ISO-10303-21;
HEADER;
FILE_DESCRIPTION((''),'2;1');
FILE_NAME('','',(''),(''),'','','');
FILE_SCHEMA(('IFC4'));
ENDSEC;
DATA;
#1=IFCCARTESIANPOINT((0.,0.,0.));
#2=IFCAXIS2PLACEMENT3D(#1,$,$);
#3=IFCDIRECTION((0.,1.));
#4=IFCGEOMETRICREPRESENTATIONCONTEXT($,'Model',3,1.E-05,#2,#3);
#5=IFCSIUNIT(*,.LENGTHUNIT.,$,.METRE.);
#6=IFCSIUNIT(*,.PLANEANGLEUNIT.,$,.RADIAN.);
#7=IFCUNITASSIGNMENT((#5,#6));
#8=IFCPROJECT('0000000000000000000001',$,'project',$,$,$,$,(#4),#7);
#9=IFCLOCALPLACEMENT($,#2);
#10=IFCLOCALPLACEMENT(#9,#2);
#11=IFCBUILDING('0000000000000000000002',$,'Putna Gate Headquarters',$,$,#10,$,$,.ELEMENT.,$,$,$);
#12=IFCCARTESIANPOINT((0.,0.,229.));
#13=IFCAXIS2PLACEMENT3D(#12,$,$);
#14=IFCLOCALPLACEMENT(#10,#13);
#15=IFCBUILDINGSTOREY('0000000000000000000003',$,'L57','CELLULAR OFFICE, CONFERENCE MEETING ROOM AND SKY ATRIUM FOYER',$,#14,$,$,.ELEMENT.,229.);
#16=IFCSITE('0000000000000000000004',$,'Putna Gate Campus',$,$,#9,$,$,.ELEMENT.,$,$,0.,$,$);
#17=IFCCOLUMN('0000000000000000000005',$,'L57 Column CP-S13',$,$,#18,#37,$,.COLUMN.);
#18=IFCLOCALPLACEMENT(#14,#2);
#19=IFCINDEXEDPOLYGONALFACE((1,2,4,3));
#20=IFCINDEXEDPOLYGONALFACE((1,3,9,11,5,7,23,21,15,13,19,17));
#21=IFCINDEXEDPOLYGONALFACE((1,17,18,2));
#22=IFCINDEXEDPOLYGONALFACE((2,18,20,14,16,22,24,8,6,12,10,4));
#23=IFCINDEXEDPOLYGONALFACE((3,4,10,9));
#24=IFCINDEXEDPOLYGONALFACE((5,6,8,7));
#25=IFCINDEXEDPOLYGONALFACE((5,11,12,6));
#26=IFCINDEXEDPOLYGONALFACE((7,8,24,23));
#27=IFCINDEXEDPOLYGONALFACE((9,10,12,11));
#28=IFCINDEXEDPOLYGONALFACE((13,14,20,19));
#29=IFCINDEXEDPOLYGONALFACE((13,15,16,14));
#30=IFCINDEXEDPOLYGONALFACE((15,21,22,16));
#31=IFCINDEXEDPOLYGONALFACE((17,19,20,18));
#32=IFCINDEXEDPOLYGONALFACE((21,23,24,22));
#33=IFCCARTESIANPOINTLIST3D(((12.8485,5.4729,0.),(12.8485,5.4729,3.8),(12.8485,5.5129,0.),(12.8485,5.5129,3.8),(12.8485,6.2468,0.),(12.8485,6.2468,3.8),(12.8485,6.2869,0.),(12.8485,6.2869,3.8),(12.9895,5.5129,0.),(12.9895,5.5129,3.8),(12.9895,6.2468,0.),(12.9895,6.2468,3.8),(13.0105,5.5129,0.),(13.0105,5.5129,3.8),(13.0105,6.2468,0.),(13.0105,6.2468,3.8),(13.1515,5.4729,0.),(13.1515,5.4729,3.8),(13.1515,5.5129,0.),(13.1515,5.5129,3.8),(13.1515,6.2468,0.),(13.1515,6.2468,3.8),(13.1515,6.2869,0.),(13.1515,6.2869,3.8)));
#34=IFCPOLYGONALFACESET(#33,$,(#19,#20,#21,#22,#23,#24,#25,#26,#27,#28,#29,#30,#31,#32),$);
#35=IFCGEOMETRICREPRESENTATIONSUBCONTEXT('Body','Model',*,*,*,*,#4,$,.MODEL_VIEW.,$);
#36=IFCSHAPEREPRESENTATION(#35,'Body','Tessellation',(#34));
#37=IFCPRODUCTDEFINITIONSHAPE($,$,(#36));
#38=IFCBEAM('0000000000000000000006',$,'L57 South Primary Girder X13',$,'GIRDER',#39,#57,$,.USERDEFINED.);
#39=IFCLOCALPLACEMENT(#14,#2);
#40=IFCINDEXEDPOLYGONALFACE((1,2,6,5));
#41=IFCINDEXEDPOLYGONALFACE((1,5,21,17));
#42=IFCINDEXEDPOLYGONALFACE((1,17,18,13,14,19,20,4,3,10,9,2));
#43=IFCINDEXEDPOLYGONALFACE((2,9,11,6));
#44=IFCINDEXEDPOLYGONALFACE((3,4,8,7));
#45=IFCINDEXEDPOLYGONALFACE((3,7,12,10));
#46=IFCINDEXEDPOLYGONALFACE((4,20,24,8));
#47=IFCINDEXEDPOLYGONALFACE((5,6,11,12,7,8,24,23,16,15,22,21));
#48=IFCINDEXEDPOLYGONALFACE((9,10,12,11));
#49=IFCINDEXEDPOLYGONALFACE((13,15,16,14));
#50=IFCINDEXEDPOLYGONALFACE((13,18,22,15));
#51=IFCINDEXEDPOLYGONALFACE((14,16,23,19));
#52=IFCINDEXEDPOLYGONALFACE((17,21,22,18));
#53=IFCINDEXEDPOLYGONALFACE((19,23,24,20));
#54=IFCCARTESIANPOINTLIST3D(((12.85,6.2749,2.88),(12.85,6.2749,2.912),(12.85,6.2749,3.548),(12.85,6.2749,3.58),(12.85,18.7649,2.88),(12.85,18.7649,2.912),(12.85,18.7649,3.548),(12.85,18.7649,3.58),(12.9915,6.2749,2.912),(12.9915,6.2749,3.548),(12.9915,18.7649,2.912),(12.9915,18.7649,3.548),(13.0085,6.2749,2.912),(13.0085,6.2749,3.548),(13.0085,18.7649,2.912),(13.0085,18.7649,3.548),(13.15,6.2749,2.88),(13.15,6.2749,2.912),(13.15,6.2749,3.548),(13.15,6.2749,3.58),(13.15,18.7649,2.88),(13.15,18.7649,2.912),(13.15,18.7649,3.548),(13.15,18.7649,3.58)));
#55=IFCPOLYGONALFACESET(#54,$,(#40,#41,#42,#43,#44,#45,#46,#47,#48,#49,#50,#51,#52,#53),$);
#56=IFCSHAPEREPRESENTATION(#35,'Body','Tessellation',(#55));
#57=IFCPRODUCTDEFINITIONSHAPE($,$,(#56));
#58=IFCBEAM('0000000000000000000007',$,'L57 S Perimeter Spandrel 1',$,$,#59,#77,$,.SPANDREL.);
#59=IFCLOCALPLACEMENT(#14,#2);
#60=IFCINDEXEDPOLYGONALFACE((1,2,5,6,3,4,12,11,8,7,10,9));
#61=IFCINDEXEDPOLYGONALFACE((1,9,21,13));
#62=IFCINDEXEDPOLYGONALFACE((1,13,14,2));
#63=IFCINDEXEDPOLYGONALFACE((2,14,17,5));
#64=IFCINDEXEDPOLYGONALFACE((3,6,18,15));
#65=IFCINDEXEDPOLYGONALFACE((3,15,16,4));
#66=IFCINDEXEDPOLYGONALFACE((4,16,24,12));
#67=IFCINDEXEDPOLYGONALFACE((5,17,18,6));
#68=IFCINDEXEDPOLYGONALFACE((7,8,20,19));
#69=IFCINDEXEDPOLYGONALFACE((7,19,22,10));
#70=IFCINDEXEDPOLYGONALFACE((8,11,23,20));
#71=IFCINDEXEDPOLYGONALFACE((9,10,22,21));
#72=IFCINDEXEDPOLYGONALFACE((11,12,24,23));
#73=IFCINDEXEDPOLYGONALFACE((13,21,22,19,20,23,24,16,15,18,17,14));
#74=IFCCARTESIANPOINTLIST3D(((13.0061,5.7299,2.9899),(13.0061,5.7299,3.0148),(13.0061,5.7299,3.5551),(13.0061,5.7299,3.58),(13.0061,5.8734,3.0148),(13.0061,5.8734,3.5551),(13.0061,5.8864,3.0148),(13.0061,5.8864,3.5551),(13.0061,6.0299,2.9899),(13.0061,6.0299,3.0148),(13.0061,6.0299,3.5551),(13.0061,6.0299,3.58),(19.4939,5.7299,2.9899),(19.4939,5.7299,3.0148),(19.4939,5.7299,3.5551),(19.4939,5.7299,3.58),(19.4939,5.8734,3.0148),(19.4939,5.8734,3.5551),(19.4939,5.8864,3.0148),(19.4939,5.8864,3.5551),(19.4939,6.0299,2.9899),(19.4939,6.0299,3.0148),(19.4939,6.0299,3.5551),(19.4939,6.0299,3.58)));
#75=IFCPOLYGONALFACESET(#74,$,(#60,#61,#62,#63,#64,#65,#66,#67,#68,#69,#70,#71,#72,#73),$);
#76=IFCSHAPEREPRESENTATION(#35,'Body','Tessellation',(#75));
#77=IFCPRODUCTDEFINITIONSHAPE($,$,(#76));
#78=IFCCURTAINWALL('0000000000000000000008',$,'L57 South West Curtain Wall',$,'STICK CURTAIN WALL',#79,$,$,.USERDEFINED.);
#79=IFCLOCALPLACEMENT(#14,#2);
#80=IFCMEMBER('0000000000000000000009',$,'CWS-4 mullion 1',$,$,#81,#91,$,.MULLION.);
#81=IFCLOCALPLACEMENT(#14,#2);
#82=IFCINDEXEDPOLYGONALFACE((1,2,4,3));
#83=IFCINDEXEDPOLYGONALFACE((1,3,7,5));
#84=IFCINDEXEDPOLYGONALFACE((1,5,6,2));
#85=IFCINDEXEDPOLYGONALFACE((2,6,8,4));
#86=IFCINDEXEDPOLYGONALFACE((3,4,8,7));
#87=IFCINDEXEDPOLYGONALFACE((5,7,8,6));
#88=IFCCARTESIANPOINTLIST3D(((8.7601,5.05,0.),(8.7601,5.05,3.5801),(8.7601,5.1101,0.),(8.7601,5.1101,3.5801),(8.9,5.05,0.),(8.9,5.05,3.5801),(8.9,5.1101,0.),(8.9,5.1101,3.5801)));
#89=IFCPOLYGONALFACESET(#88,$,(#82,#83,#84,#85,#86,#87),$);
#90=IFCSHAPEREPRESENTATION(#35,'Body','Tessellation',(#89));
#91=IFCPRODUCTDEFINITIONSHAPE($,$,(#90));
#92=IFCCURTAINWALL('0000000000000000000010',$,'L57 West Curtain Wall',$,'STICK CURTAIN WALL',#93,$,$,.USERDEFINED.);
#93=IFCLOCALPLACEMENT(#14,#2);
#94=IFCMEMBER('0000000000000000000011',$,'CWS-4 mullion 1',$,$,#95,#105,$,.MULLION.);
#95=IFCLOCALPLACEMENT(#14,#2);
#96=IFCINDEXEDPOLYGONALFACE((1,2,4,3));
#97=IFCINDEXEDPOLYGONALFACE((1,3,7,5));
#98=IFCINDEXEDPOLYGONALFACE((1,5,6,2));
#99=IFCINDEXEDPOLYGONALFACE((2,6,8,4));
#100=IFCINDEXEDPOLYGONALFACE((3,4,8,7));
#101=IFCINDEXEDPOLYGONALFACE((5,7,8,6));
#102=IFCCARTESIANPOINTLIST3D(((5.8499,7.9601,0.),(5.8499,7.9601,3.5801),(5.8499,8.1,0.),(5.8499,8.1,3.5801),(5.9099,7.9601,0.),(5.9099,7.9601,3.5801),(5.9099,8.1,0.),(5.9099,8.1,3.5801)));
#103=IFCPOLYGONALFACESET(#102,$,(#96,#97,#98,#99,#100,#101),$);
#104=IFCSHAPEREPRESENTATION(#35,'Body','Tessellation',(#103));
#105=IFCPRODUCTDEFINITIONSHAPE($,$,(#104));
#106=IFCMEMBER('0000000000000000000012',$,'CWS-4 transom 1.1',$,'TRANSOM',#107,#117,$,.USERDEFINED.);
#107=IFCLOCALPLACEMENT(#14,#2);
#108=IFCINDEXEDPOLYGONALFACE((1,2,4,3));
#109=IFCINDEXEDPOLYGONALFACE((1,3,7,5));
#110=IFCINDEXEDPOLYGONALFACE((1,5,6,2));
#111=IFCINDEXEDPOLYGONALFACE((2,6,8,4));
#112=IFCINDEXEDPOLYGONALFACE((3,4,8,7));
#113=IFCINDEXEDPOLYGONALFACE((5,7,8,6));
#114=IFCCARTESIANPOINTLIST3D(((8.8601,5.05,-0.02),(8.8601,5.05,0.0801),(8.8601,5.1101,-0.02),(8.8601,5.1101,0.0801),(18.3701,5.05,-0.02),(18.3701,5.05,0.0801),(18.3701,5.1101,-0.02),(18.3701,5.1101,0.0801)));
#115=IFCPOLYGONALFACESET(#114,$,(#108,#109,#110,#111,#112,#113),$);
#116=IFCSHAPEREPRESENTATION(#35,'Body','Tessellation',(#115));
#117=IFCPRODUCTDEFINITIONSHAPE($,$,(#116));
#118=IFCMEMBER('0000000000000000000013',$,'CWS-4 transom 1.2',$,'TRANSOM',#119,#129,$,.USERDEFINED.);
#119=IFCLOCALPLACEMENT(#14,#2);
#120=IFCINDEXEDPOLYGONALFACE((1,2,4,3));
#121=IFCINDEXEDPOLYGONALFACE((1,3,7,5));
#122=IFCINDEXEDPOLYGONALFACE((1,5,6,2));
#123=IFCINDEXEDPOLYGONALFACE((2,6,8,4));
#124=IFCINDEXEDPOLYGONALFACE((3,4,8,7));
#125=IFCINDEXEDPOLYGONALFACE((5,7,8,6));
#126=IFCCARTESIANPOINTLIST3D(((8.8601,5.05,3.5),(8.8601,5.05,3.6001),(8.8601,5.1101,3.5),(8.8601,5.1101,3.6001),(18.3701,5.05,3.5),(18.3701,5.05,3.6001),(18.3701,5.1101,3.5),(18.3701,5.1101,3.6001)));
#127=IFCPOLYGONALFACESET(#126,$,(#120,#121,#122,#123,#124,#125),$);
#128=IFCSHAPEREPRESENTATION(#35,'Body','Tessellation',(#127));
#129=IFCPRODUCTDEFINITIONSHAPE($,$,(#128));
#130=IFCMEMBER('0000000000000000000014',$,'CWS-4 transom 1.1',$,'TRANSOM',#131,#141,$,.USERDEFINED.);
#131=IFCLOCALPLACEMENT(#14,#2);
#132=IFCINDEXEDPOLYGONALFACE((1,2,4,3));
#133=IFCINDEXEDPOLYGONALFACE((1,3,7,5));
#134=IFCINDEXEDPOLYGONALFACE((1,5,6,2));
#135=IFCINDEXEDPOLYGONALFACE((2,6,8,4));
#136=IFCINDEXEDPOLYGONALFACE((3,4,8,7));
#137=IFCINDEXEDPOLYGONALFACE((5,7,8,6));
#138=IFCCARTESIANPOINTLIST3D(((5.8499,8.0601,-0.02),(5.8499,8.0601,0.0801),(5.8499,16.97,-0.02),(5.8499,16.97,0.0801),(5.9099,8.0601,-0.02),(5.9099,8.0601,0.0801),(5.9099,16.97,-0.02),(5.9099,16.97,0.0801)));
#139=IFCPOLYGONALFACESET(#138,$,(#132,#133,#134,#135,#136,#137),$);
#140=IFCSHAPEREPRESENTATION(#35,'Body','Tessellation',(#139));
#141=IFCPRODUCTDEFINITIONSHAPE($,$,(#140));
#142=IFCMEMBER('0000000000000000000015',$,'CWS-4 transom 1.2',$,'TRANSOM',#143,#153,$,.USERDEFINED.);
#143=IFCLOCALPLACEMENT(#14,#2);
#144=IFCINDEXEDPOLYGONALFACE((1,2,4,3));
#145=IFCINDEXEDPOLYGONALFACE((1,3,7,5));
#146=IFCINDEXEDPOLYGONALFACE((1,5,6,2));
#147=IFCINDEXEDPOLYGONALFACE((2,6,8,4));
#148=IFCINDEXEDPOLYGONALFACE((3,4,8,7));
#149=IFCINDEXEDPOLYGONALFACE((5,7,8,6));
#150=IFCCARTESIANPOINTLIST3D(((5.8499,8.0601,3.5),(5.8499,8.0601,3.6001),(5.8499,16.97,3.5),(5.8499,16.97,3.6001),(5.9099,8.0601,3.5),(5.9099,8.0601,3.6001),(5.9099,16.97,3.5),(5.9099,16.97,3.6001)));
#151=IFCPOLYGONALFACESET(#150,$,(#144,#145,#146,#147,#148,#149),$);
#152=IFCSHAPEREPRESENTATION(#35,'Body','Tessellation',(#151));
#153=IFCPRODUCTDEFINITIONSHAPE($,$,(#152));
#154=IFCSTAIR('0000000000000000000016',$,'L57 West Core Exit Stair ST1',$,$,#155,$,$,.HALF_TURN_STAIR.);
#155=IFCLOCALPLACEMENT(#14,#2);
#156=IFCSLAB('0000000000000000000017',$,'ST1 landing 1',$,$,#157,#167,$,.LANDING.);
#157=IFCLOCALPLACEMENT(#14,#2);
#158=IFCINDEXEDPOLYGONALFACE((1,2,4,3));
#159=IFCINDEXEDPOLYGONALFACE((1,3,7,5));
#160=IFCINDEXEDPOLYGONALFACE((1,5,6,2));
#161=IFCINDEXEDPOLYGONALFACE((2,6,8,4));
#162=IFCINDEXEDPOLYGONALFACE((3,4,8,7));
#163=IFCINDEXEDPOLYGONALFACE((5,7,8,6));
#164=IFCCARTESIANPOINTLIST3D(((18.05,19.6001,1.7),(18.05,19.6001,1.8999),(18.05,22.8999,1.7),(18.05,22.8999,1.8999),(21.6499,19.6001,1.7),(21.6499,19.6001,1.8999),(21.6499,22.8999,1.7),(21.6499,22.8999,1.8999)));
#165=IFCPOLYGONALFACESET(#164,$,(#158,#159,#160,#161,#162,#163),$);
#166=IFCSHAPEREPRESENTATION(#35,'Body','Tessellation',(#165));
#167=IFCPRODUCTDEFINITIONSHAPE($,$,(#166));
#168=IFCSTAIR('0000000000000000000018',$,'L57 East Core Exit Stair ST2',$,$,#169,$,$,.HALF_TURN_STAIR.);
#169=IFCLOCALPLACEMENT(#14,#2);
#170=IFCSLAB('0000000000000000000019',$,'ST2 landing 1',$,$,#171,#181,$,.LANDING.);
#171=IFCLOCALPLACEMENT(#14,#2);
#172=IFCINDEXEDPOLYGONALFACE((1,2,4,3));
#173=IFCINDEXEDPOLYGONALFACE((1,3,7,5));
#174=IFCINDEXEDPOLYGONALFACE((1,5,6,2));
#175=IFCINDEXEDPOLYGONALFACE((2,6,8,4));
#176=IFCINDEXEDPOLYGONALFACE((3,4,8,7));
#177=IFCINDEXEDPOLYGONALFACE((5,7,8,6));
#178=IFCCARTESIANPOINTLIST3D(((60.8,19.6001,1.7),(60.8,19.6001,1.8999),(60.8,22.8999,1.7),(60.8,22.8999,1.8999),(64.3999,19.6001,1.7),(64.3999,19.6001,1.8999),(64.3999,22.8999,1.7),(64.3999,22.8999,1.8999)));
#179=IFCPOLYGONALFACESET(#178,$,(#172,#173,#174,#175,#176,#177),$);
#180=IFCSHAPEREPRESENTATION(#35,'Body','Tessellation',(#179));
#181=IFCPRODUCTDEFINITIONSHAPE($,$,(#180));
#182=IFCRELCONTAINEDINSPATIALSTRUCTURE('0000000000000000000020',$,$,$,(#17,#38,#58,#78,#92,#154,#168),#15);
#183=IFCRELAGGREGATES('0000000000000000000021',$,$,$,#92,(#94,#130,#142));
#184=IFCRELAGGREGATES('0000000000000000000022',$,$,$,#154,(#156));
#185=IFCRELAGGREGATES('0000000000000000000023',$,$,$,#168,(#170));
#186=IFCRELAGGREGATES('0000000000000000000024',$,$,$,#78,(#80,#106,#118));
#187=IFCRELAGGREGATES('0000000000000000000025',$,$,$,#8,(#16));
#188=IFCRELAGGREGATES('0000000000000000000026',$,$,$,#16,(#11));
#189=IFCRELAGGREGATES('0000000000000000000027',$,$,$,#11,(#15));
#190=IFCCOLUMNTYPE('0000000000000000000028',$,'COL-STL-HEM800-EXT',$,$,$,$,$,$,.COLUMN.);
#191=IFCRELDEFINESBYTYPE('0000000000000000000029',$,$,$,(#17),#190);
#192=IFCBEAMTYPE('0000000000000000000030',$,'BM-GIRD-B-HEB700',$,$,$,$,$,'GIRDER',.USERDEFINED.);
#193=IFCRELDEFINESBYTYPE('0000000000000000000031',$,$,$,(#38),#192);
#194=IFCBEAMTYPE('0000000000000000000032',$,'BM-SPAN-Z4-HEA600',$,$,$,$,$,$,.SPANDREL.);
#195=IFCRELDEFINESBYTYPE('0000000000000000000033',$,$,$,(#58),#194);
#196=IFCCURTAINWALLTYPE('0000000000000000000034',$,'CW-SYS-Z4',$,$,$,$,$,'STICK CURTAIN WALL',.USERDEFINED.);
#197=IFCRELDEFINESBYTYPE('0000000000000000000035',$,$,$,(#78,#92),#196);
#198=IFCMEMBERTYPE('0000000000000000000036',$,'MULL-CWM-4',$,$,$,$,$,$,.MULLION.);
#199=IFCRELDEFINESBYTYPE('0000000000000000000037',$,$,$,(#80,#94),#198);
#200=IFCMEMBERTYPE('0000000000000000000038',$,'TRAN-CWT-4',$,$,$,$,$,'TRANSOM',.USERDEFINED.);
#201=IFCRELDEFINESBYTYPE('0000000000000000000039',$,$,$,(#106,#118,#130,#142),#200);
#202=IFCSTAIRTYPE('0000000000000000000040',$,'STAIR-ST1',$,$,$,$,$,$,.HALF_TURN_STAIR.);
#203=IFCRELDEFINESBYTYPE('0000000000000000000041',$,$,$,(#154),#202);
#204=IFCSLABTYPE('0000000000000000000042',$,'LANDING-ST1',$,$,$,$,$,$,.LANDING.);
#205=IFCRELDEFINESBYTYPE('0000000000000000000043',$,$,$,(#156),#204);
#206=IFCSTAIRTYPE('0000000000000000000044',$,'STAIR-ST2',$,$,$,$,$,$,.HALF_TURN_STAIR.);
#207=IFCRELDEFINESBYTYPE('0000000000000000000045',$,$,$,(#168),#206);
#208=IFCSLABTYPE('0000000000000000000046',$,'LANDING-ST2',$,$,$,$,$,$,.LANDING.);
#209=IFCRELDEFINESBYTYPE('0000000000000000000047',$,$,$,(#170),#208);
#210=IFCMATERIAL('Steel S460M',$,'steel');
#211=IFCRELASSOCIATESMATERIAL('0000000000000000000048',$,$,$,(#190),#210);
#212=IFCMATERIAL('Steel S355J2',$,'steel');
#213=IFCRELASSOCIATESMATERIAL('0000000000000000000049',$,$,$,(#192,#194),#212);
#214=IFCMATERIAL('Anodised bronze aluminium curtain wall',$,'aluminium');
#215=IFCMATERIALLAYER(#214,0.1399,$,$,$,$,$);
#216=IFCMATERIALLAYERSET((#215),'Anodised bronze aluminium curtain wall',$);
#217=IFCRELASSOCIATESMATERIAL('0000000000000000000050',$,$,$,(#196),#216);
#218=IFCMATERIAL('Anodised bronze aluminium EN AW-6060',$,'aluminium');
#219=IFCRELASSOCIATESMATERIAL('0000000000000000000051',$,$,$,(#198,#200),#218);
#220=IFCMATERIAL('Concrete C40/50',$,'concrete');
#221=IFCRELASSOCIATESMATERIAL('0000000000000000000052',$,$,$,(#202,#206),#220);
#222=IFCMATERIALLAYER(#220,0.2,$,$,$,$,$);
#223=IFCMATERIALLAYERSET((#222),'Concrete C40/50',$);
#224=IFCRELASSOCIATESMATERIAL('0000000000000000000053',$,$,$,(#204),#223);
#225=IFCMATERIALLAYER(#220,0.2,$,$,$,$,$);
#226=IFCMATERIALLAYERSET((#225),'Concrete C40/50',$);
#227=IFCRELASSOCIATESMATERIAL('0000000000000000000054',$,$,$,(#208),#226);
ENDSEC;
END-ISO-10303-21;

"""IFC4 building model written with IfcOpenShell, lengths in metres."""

from ifc_helpers import new_model, si_unit, direction, frame, origin, origin_2d, place, context, subcontext, project, spatial, polyline, rectangle, i_section, outline, extrude, material, layer, layer_set, material_profile, profile_set, type_object, element, aggregate, save


model = new_model("IFC4")

# Units and contexts
model_context = context("Model", 3, precision=1e-05, world=origin(), true_north=direction((0.0, 1.0)))
body_context = subcontext(model_context, "Body", "Model", "MODEL_VIEW")
ifc_project = project(units=[si_unit("LENGTHUNIT", "METRE"), si_unit("PLANEANGLEUNIT", "RADIAN")], contexts=[model_context])

# Site, building, storey
site_placement = place(None, origin())
site = spatial("IfcSite", under=ifc_project, at=site_placement, Name="Putna Gate Campus", CompositionType="ELEMENT", RefElevation=0.0)
building_placement = place(site_placement, origin())
building = spatial("IfcBuilding", under=site, at=building_placement, Name="Putna Gate Headquarters", CompositionType="ELEMENT")
storey_placement = place(building_placement, frame((0.0, 0.0, 229.0)))
storey = spatial("IfcBuildingStorey", under=building, at=storey_placement, Name="L57", Description="CELLULAR OFFICE, CONFERENCE MEETING ROOM AND SKY ATRIUM FOYER", CompositionType="ELEMENT", Elevation=229.0)

# Column
ifc_material_1 = material(Name="Steel S460M", Category="steel")
ifc_material_profile_1 = material_profile(ifc_material_1, i_section(OverallWidth=0.303, OverallDepth=0.814, WebThickness=0.021, FlangeThickness=0.04, at=origin_2d()), Name="Steel S460M")
ifc_profile_set_1 = profile_set([ifc_material_profile_1], Name="Steel S460M")
column_type = type_object("IfcColumnType", Name="COL-STL-HEM800-EXT", PredefinedType="COLUMN", material=ifc_profile_set_1)
column_placement = place(storey_placement, frame((13.0, 5.8799, 0.0), z_axis=(0.0, 0.0, 1.0), x_axis=(1.0, 0.0, 0.0)))
element("IfcColumn", 1, at=column_placement, inside=storey, type_object=column_type, Name="L57 Column CP-S13", PredefinedType="COLUMN", context=body_context, shape_type="SweptSolid", body=[
    extrude(i_section(OverallWidth=0.303, OverallDepth=0.814, WebThickness=0.021, FlangeThickness=0.04, at=origin_2d()), origin(), (0.0, 0.0, 1.0), 3.8),
])

# Beams
ifc_material_2 = material(Name="Steel S355J2", Category="steel")
ifc_material_profile_2 = material_profile(ifc_material_2, i_section(OverallWidth=0.3, OverallDepth=0.7, WebThickness=0.0171, FlangeThickness=0.032, at=origin_2d()), Name="Steel S355J2")
ifc_profile_set_2 = profile_set([ifc_material_profile_2], Name="Steel S355J2")
beam_type_1 = type_object("IfcBeamType", Name="BM-GIRD-B-HEB700", ElementType="GIRDER", PredefinedType="USERDEFINED", material=ifc_profile_set_2)
beam_1_placement = place(storey_placement, frame((13.0, 6.2749, 3.23), z_axis=(0.0, 1.0, 0.0), x_axis=(-1.0, 0.0, 0.0)))
element("IfcBeam", 2, at=beam_1_placement, inside=storey, type_object=beam_type_1, Name="L57 South Primary Girder X13", ObjectType="GIRDER", PredefinedType="USERDEFINED", context=body_context, shape_type="SweptSolid", body=[
    extrude(i_section(OverallWidth=0.3, OverallDepth=0.7, WebThickness=0.0171, FlangeThickness=0.032, at=origin_2d()), origin(), (0.0, 0.0, 1.0), 12.49),
])
ifc_material_profile_3 = material_profile(ifc_material_2, i_section(OverallWidth=0.3, OverallDepth=0.5901, WebThickness=0.0129, FlangeThickness=0.0249, at=origin_2d()), Name="Steel S355J2")
ifc_profile_set_3 = profile_set([ifc_material_profile_3], Name="Steel S355J2")
beam_type_2 = type_object("IfcBeamType", Name="BM-SPAN-Z4-HEA600", PredefinedType="SPANDREL", material=ifc_profile_set_3)
beam_2_placement = place(storey_placement, frame((13.0061, 5.8799, 3.2849), z_axis=(1.0, 0.0, 0.0), x_axis=(0.0, 1.0, 0.0)))
element("IfcBeam", 3, at=beam_2_placement, inside=storey, type_object=beam_type_2, Name="L57 S Perimeter Spandrel 1", PredefinedType="SPANDREL", context=body_context, shape_type="SweptSolid", body=[
    extrude(i_section(OverallWidth=0.3, OverallDepth=0.5901, WebThickness=0.0129, FlangeThickness=0.0249, at=origin_2d()), origin(), (0.0, 0.0, 1.0), 6.4878),
])

# Curtain walls, members
ifc_material_3 = material(Name="Anodised bronze aluminium curtain wall", Category="aluminium")
ifc_layer_1 = layer(ifc_material_3, 0.1399)
ifc_layer_set_1 = layer_set([ifc_layer_1], Name="Anodised bronze aluminium curtain wall")
curtain_wall_type = type_object("IfcCurtainWallType", Name="CW-SYS-Z4", ElementType="STICK CURTAIN WALL", PredefinedType="USERDEFINED", material=ifc_layer_set_1)
curtain_wall_1_placement = place(storey_placement, origin())
curtain_wall_1 = element("IfcCurtainWall", 4, at=curtain_wall_1_placement, inside=storey, type_object=curtain_wall_type, Name="L57 South West Curtain Wall", ObjectType="STICK CURTAIN WALL", PredefinedType="USERDEFINED")
ifc_material_4 = material(Name="Anodised bronze aluminium EN AW-6060", Category="aluminium")
ifc_material_profile_4 = material_profile(ifc_material_4, rectangle(XDim=0.0601, YDim=0.1399, at=origin_2d()), Name="Anodised bronze aluminium EN AW-6060")
ifc_profile_set_4 = profile_set([ifc_material_profile_4], Name="Anodised bronze aluminium EN AW-6060")
member_type_1 = type_object("IfcMemberType", Name="MULL-CWM-4", PredefinedType="MULLION", material=ifc_profile_set_4)
member_1_placement = place(storey_placement, frame((8.8301, 5.0801, 0.0), z_axis=(0.0, 0.0, 1.0), x_axis=(0.0, 1.0, 0.0)))
member_1 = element("IfcMember", 5, at=member_1_placement, type_object=member_type_1, Name="CWS-4 mullion 1", PredefinedType="MULLION", context=body_context, shape_type="SweptSolid", body=[
    extrude(rectangle(XDim=0.0601, YDim=0.1399, at=origin_2d()), origin(), (0.0, 0.0, 1.0), 3.5801),
])
curtain_wall_2_placement = place(storey_placement, origin())
curtain_wall_2 = element("IfcCurtainWall", 6, at=curtain_wall_2_placement, inside=storey, type_object=curtain_wall_type, Name="L57 West Curtain Wall", ObjectType="STICK CURTAIN WALL", PredefinedType="USERDEFINED")
member_2_placement = place(storey_placement, frame((5.8799, 8.03, 0.0), z_axis=(0.0, 0.0, 1.0), x_axis=(-1.0, 0.0, 0.0)))
member_2 = element("IfcMember", 7, at=member_2_placement, type_object=member_type_1, Name="CWS-4 mullion 1", PredefinedType="MULLION", context=body_context, shape_type="SweptSolid", body=[
    extrude(rectangle(XDim=0.0601, YDim=0.1399, at=origin_2d()), origin(), (0.0, 0.0, 1.0), 3.5801),
])

# Members
ifc_material_profile_5 = material_profile(ifc_material_4, rectangle(XDim=0.0601, YDim=0.1001, at=origin_2d()), Name="Anodised bronze aluminium EN AW-6060")
ifc_profile_set_5 = profile_set([ifc_material_profile_5], Name="Anodised bronze aluminium EN AW-6060")
member_type_2 = type_object("IfcMemberType", Name="TRAN-CWT-4", ElementType="TRANSOM", PredefinedType="USERDEFINED", material=ifc_profile_set_5)
member_3_placement = place(storey_placement, frame((8.8601, 5.0801, 0.03), z_axis=(1.0, 0.0, 0.0), x_axis=(0.0, 1.0, 0.0)))
member_3 = element("IfcMember", 8, at=member_3_placement, type_object=member_type_2, Name="CWS-4 transom 1.1", ObjectType="TRANSOM", PredefinedType="USERDEFINED", context=body_context, shape_type="SweptSolid", body=[
    extrude(rectangle(XDim=0.0601, YDim=0.1001, at=origin_2d()), origin(), (0.0, 0.0, 1.0), 9.51),
])
member_4_placement = place(storey_placement, frame((8.8601, 5.0801, 3.55), z_axis=(1.0, 0.0, 0.0), x_axis=(0.0, 1.0, 0.0)))
member_4 = element("IfcMember", 9, at=member_4_placement, type_object=member_type_2, Name="CWS-4 transom 1.2", ObjectType="TRANSOM", PredefinedType="USERDEFINED", context=body_context, shape_type="SweptSolid", body=[
    extrude(rectangle(XDim=0.0601, YDim=0.1001, at=origin_2d()), origin(), (0.0, 0.0, 1.0), 9.51),
])
member_5_placement = place(storey_placement, frame((5.8799, 8.0601, 0.03), z_axis=(0.0, 1.0, 0.0), x_axis=(-1.0, 0.0, 0.0)))
member_5 = element("IfcMember", 10, at=member_5_placement, type_object=member_type_2, Name="CWS-4 transom 1.1", ObjectType="TRANSOM", PredefinedType="USERDEFINED", context=body_context, shape_type="SweptSolid", body=[
    extrude(rectangle(XDim=0.0601, YDim=0.1001, at=origin_2d()), origin(), (0.0, 0.0, 1.0), 8.9099),
])
member_6_placement = place(storey_placement, frame((5.8799, 8.0601, 3.55), z_axis=(0.0, 1.0, 0.0), x_axis=(-1.0, 0.0, 0.0)))
member_6 = element("IfcMember", 11, at=member_6_placement, type_object=member_type_2, Name="CWS-4 transom 1.2", ObjectType="TRANSOM", PredefinedType="USERDEFINED", context=body_context, shape_type="SweptSolid", body=[
    extrude(rectangle(XDim=0.0601, YDim=0.1001, at=origin_2d()), origin(), (0.0, 0.0, 1.0), 8.9099),
])
aggregate(curtain_wall_2, [member_2, member_5, member_6])

# Stairs, slabs
ifc_material_5 = material(Name="Concrete C40/50", Category="concrete")
stair_type_1 = type_object("IfcStairType", Name="STAIR-ST1", PredefinedType="HALF_TURN_STAIR", material=ifc_material_5)
stair_1_placement = place(storey_placement, origin())
stair_1 = element("IfcStair", 12, at=stair_1_placement, inside=storey, type_object=stair_type_1, Name="L57 West Core Exit Stair ST1", PredefinedType="HALF_TURN_STAIR")
ifc_layer_2 = layer(ifc_material_5, 0.2)
ifc_layer_set_2 = layer_set([ifc_layer_2], Name="Concrete C40/50")
slab_type_1 = type_object("IfcSlabType", Name="LANDING-ST1", PredefinedType="LANDING", material=ifc_layer_set_2)
slab_1_placement = place(storey_placement, frame((0.0, 0.0, 1.7)))
slab_1 = element("IfcSlab", 13, at=slab_1_placement, type_object=slab_type_1, Name="ST1 landing 1", PredefinedType="LANDING", context=body_context, shape_type="SweptSolid", body=[
    extrude(outline(polyline([(18.05, 19.6001), (21.6499, 19.6001), (21.6499, 22.8999), (18.05, 22.8999), (18.05, 19.6001)])), origin(), (0.0, 0.0, 1.0), 0.2),
])
aggregate(stair_1, [slab_1])
stair_type_2 = type_object("IfcStairType", Name="STAIR-ST2", PredefinedType="HALF_TURN_STAIR", material=ifc_material_5)
stair_2_placement = place(storey_placement, origin())
stair_2 = element("IfcStair", 14, at=stair_2_placement, inside=storey, type_object=stair_type_2, Name="L57 East Core Exit Stair ST2", PredefinedType="HALF_TURN_STAIR")
ifc_layer_3 = layer(ifc_material_5, 0.2)
ifc_layer_set_3 = layer_set([ifc_layer_3], Name="Concrete C40/50")
slab_type_2 = type_object("IfcSlabType", Name="LANDING-ST2", PredefinedType="LANDING", material=ifc_layer_set_3)
slab_2_placement = place(storey_placement, frame((0.0, 0.0, 1.7)))
slab_2 = element("IfcSlab", 15, at=slab_2_placement, type_object=slab_type_2, Name="ST2 landing 1", PredefinedType="LANDING", context=body_context, shape_type="SweptSolid", body=[
    extrude(outline(polyline([(60.8, 19.6001), (64.3999, 19.6001), (64.3999, 22.8999), (60.8, 22.8999), (60.8, 19.6001)])), origin(), (0.0, 0.0, 1.0), 0.2),
])
aggregate(stair_2, [slab_2])

aggregate(curtain_wall_1, [member_1, member_3, member_4])

save(model, "model.ifc")
